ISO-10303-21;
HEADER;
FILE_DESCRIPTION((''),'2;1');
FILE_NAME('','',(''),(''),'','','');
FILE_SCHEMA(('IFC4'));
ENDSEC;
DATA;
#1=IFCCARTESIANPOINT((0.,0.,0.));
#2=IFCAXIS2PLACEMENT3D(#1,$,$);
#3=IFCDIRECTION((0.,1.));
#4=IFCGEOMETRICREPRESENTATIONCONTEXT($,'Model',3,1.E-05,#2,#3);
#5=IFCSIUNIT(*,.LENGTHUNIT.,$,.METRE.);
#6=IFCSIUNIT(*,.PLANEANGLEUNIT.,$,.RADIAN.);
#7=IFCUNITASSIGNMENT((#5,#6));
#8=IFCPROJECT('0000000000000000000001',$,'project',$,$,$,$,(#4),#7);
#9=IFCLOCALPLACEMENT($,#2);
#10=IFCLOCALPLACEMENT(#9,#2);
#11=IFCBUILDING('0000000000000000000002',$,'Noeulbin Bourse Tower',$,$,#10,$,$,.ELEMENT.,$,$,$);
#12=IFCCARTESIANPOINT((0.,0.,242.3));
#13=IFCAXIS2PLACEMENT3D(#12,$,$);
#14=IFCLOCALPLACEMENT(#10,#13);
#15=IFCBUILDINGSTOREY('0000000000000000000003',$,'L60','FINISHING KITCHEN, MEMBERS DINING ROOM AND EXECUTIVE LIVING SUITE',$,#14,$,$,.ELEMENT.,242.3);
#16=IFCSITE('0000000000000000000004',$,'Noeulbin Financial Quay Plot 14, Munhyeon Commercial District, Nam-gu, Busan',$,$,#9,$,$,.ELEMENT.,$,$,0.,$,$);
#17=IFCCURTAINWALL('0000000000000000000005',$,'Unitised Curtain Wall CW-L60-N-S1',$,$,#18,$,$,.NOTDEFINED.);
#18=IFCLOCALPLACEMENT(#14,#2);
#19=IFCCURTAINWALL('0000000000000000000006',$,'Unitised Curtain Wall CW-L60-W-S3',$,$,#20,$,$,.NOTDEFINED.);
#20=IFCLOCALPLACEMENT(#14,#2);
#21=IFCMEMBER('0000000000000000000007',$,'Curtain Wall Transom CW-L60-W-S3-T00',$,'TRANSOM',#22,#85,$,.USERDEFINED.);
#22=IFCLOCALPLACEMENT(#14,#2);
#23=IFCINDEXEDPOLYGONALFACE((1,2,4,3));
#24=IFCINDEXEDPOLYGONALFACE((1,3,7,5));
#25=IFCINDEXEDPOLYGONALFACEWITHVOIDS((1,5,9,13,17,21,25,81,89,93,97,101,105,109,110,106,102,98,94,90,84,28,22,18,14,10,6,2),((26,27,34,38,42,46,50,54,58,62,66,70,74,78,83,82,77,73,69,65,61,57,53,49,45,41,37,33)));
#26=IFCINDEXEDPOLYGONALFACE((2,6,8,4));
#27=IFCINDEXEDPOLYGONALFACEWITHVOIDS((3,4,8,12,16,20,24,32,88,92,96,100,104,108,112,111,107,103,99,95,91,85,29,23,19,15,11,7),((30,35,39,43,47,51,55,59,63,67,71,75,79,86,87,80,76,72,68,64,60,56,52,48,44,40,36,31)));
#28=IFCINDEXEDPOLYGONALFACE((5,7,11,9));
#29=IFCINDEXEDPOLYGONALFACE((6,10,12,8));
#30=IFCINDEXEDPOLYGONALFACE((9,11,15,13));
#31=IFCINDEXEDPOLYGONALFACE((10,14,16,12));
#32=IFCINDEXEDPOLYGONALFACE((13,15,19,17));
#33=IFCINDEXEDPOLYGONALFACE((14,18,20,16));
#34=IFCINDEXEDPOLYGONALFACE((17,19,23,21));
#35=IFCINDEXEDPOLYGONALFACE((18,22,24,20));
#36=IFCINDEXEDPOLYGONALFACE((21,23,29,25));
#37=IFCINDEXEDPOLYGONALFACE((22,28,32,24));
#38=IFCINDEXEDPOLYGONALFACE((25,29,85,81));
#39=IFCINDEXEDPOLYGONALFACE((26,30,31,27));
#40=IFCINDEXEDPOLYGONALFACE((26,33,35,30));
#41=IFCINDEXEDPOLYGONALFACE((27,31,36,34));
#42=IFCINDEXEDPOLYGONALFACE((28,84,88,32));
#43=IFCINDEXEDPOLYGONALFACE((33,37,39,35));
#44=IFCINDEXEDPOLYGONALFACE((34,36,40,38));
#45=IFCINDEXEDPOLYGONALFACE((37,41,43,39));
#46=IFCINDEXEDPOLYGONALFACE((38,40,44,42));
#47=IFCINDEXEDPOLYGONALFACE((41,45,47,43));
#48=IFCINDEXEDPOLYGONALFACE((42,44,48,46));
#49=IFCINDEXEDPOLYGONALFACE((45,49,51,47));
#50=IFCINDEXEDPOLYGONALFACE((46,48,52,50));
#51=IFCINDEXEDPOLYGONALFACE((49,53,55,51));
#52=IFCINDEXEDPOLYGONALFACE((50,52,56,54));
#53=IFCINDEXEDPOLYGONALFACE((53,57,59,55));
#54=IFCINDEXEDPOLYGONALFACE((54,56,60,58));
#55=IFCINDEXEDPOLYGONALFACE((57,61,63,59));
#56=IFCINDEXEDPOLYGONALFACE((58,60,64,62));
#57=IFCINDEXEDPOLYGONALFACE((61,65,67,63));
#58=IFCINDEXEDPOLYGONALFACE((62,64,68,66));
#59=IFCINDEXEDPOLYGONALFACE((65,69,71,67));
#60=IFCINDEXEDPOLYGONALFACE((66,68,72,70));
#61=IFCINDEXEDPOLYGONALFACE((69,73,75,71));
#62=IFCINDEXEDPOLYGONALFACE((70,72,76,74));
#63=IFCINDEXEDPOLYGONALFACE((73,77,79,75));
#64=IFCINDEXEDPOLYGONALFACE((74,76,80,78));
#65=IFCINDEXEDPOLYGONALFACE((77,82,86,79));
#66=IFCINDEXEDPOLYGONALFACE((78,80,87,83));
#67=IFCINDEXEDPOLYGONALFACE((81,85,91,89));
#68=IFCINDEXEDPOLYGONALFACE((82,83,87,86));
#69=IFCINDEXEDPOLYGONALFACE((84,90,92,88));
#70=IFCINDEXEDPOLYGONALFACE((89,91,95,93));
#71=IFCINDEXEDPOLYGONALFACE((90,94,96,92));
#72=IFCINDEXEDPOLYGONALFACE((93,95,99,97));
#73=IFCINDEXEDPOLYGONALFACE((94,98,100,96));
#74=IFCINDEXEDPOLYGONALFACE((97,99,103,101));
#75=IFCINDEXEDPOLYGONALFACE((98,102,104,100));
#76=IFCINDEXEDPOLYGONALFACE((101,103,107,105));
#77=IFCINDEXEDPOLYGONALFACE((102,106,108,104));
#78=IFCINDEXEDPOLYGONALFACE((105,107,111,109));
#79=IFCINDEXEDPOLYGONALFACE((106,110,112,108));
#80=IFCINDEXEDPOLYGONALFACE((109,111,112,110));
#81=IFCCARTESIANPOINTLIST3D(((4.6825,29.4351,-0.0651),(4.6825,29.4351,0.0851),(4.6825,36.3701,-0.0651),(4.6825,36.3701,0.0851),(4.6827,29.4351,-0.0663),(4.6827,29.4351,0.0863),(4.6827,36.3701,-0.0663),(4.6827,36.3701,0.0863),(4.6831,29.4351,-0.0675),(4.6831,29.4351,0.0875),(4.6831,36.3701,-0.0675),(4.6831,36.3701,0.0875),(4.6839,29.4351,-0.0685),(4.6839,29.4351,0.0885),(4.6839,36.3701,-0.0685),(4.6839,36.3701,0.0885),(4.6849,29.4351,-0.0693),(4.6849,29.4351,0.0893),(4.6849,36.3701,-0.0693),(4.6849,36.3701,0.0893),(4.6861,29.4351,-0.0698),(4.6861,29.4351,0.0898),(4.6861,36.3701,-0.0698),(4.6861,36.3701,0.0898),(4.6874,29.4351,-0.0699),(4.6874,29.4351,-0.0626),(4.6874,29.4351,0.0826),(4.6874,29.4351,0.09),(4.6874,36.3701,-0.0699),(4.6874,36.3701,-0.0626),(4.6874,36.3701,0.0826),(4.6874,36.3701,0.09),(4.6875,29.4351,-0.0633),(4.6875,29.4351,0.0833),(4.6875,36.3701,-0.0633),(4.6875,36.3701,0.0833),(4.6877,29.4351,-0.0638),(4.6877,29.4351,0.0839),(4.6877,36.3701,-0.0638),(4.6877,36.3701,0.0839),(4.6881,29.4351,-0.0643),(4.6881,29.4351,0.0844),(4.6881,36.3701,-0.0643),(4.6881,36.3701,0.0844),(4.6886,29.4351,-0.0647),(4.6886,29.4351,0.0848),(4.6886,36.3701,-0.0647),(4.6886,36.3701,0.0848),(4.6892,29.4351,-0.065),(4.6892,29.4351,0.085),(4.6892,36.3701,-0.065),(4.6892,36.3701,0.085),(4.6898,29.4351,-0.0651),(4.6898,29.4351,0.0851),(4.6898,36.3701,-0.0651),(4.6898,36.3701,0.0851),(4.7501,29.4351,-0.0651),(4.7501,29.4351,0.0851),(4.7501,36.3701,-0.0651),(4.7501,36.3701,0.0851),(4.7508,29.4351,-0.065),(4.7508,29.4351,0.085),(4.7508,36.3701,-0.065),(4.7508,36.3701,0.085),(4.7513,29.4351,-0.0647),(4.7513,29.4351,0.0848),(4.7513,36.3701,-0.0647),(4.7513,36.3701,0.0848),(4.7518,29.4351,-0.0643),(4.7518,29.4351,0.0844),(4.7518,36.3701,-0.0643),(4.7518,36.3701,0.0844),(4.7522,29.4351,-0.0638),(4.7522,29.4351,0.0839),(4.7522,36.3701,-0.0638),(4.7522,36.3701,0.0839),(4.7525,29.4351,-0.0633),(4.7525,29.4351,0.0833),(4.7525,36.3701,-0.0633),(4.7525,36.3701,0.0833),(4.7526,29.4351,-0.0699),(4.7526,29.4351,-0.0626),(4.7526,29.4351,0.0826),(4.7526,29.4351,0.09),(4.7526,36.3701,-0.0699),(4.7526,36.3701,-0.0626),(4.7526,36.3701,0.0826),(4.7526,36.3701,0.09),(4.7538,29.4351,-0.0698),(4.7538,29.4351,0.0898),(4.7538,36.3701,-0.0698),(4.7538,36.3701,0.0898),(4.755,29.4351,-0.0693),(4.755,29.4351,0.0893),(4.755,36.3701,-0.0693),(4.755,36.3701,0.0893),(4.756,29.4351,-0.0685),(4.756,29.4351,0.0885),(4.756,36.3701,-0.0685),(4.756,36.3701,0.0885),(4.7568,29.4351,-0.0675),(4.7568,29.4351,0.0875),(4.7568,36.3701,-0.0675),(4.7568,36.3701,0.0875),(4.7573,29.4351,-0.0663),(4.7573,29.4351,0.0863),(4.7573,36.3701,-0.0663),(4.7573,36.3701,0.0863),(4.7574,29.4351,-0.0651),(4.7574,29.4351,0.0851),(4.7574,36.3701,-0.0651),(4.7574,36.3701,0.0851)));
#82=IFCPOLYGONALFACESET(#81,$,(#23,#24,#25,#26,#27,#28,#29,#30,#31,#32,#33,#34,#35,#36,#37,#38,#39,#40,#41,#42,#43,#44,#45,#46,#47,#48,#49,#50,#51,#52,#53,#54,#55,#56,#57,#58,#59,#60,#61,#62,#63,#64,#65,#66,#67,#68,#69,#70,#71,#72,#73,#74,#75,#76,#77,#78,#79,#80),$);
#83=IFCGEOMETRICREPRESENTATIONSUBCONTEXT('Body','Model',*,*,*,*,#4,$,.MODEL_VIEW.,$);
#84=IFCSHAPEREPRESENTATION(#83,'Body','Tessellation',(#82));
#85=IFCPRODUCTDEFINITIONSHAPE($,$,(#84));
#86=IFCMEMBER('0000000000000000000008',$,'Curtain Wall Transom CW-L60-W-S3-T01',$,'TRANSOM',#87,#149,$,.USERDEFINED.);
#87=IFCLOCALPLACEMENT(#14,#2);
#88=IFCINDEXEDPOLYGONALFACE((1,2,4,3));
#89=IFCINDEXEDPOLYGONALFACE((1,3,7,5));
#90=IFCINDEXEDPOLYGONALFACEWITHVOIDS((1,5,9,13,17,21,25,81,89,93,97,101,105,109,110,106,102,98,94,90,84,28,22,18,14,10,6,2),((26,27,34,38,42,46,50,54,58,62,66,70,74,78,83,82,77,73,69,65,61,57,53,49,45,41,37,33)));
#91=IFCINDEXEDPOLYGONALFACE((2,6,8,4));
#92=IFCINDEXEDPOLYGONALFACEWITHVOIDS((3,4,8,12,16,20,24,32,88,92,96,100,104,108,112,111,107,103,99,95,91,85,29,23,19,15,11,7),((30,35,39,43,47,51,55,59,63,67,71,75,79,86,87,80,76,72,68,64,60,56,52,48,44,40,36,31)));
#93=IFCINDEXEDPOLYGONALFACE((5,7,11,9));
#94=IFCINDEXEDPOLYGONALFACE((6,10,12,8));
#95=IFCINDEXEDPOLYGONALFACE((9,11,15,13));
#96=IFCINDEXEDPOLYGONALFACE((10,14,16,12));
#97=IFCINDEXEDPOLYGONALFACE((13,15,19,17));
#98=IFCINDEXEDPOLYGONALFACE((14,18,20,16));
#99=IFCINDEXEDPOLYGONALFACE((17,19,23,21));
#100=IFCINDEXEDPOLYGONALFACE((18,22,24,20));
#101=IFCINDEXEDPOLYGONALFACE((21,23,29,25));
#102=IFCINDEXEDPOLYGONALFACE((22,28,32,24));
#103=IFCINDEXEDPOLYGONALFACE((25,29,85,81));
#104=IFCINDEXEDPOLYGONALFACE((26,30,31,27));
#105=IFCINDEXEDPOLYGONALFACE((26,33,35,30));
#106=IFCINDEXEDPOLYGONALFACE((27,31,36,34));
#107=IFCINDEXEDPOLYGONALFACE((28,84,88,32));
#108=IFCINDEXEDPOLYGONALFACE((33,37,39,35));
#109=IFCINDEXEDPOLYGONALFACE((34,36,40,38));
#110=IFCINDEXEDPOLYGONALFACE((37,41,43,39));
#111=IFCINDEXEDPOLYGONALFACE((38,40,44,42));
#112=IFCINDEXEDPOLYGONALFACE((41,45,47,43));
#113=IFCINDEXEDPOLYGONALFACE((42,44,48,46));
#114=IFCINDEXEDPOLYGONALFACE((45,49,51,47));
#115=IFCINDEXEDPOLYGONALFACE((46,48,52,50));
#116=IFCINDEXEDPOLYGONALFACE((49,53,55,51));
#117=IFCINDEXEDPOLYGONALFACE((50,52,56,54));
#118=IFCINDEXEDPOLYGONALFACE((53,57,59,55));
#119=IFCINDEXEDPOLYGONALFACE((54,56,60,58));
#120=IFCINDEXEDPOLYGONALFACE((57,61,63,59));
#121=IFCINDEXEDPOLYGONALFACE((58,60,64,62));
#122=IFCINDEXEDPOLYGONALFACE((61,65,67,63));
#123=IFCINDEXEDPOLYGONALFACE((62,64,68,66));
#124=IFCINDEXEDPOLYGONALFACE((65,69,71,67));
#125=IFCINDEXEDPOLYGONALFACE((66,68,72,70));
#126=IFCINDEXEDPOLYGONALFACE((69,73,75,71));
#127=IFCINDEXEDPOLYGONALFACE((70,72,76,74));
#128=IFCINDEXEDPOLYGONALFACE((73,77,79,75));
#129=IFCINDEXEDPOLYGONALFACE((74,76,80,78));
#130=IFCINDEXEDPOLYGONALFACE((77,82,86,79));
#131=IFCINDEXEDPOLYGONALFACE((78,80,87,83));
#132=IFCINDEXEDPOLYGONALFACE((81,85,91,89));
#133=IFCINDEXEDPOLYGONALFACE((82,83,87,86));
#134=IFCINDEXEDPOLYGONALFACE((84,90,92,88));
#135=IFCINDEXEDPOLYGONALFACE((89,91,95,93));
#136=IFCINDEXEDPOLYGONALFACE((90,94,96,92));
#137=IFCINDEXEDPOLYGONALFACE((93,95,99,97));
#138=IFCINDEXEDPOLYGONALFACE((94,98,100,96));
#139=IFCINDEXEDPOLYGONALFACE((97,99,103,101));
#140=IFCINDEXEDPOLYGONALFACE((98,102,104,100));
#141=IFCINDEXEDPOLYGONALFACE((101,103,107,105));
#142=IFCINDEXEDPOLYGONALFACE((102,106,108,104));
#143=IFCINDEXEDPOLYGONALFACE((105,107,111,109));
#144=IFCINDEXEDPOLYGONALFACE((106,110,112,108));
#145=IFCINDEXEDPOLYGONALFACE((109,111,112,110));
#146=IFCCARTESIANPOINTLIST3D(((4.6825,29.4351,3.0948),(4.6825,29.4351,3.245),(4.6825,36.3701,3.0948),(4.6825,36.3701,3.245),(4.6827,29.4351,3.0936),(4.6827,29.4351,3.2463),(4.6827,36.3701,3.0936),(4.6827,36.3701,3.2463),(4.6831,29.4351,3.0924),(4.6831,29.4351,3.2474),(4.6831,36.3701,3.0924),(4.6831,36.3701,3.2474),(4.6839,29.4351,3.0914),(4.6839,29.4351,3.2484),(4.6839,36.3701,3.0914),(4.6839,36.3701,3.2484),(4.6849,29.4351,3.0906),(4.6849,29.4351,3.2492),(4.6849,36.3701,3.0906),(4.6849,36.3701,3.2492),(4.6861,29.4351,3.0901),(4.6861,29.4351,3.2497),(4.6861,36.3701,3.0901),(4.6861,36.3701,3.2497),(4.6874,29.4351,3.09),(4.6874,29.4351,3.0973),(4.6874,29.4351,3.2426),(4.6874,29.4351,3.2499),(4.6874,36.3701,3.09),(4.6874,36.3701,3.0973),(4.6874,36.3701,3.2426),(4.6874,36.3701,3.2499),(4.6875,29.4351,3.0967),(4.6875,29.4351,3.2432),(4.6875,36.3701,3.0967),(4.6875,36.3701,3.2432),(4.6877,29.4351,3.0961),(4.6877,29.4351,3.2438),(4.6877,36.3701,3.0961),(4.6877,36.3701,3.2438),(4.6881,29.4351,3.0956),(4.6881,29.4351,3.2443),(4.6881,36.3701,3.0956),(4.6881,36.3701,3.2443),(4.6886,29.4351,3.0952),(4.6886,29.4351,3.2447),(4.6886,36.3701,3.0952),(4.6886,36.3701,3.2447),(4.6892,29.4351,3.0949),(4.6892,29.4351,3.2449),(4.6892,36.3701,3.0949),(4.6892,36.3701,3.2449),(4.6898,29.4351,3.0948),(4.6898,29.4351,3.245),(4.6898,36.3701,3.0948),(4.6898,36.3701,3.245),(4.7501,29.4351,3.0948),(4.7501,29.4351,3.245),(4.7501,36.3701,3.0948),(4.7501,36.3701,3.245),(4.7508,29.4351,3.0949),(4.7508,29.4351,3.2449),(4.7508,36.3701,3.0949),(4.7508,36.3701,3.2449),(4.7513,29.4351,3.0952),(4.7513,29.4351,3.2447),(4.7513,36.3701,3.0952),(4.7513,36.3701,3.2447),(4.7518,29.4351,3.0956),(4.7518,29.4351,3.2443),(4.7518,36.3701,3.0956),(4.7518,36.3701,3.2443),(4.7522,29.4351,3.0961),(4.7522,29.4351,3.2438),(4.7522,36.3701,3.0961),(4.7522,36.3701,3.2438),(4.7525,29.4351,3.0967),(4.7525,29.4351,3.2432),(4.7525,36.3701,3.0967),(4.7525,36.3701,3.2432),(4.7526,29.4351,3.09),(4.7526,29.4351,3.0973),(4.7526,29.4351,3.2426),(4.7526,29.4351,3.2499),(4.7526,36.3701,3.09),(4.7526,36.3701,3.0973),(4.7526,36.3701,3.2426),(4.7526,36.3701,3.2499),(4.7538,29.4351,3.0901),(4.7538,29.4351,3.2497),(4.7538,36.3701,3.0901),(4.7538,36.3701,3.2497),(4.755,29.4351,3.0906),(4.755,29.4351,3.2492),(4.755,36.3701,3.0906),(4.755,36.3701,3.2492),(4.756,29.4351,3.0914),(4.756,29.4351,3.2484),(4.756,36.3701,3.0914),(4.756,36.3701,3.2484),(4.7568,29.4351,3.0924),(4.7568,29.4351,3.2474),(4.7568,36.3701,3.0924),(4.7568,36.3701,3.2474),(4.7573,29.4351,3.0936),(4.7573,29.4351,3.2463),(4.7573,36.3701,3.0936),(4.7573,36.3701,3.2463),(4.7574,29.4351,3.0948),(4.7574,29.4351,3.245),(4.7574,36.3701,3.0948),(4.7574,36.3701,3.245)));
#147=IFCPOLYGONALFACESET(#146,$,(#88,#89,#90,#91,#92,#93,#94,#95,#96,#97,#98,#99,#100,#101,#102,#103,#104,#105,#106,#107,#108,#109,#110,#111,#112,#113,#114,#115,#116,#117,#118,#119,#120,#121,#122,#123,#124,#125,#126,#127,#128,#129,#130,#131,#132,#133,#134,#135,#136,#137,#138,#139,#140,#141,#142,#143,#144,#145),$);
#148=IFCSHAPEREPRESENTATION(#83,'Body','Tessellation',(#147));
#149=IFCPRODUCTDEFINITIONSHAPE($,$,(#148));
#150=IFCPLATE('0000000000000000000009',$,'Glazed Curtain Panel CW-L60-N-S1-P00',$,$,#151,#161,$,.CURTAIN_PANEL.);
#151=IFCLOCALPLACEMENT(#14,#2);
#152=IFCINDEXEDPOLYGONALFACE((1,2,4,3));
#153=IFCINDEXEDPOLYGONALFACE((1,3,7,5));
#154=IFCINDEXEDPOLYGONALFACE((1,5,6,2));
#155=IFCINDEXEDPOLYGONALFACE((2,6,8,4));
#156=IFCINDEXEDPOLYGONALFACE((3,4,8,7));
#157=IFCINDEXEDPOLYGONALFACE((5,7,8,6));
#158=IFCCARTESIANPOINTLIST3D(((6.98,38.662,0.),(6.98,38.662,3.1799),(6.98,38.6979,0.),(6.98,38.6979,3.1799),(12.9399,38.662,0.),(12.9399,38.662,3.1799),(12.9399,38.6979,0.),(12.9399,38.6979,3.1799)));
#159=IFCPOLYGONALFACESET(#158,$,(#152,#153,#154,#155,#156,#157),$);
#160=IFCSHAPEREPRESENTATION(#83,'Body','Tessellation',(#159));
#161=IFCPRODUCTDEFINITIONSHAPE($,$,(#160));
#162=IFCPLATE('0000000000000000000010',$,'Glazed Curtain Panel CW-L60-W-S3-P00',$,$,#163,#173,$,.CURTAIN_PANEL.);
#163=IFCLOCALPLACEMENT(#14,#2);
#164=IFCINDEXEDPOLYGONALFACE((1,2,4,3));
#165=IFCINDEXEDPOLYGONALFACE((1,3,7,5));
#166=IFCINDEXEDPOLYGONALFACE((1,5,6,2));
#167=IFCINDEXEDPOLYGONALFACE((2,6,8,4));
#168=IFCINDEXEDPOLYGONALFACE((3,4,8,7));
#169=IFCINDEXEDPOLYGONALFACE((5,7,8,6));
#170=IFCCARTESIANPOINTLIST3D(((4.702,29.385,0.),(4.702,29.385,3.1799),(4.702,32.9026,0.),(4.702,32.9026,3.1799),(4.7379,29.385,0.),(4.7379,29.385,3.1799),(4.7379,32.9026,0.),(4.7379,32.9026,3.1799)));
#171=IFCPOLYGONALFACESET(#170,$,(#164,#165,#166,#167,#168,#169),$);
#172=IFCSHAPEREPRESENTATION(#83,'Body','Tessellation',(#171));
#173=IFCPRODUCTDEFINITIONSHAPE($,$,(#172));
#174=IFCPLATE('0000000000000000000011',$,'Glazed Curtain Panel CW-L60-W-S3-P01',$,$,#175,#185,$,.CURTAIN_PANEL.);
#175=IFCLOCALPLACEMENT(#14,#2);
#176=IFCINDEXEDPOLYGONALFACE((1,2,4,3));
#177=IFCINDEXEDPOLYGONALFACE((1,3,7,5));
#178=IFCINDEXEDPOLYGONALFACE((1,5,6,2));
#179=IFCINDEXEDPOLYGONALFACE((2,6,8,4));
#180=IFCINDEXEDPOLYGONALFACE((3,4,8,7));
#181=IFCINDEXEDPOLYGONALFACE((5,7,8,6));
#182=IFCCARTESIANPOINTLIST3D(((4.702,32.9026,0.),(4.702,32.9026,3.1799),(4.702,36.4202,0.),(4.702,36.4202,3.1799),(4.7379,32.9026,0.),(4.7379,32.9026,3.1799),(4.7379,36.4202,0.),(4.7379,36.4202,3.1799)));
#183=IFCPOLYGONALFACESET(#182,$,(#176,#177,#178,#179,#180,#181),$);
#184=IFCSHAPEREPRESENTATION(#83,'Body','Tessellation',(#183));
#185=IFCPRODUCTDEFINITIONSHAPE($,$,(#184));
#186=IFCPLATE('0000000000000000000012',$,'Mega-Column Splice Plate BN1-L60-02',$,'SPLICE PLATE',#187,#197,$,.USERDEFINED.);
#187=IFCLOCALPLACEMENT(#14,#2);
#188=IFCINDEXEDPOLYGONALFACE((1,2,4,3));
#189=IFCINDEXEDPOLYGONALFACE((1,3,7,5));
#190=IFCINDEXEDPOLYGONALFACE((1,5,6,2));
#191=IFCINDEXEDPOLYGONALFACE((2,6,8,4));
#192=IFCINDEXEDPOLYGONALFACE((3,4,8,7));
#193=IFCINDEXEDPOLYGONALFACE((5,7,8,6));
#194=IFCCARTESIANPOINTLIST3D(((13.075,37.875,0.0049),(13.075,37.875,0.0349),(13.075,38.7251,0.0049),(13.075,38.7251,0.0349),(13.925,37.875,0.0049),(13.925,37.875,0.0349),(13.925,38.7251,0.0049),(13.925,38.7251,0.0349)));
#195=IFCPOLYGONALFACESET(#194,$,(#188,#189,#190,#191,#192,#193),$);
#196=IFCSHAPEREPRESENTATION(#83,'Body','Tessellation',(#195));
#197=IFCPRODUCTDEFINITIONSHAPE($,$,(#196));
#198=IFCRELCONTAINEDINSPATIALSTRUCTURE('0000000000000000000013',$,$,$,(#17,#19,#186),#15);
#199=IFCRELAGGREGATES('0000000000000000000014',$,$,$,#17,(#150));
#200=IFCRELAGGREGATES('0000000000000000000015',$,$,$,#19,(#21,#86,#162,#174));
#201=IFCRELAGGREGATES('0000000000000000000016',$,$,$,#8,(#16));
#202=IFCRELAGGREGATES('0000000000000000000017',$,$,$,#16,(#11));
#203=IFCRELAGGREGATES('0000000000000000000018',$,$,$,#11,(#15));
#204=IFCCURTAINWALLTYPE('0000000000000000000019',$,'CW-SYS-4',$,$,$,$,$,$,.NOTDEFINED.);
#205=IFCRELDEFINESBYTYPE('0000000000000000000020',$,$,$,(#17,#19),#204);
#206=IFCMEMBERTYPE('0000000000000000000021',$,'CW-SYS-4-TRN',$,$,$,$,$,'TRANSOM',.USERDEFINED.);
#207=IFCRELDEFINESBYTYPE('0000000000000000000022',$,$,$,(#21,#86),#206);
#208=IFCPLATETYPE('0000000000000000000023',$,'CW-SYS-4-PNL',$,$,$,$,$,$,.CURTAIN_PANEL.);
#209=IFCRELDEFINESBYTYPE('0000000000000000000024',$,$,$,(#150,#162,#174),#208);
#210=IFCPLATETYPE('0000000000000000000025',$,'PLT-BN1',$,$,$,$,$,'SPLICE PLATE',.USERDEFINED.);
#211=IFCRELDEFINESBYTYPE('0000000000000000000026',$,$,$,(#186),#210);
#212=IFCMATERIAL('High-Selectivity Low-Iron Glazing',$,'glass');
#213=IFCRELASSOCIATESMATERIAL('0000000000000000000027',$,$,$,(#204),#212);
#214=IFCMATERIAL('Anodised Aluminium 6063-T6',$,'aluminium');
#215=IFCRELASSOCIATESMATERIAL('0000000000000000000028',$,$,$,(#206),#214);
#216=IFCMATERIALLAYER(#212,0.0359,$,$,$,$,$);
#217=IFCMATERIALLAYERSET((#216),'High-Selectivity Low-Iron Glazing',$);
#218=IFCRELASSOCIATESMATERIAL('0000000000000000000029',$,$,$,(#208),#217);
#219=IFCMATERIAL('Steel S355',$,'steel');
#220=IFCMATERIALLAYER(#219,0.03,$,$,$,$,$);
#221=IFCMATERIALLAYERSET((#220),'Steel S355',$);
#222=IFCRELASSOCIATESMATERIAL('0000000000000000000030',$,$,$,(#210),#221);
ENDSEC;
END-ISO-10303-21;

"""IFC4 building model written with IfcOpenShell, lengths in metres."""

from ifc_helpers import new_model, si_unit, direction, frame, origin, origin_2d, place, context, subcontext, project, spatial, rectangle, hollow_rectangle, extrude, material, layer, layer_set, material_profile, profile_set, type_object, element, aggregate, save


model = new_model("IFC4")

# Units and contexts
model_context = context("Model", 3, precision=1e-05, world=origin(), true_north=direction((0.0, 1.0)))
body_context = subcontext(model_context, "Body", "Model", "MODEL_VIEW")
ifc_project = project(units=[si_unit("LENGTHUNIT", "METRE"), si_unit("PLANEANGLEUNIT", "RADIAN")], contexts=[model_context])

# Site, building, storey
site_placement = place(None, origin())
site = spatial("IfcSite", under=ifc_project, at=site_placement, Name="Noeulbin Financial Quay Plot 14, Munhyeon Commercial District, Nam-gu, Busan", CompositionType="ELEMENT", RefElevation=0.0)
building_placement = place(site_placement, origin())
building = spatial("IfcBuilding", under=site, at=building_placement, Name="Noeulbin Bourse Tower", CompositionType="ELEMENT")
storey_placement = place(building_placement, frame((0.0, 0.0, 242.3)))
storey = spatial("IfcBuildingStorey", under=building, at=storey_placement, Name="L60", Description="FINISHING KITCHEN, MEMBERS DINING ROOM AND EXECUTIVE LIVING SUITE", CompositionType="ELEMENT", Elevation=242.3)

# Shared definitions
ifc_material_1 = material(Name="Steel S355", Category="steel")

# Curtain wall
ifc_material_2 = material(Name="High-Selectivity Low-Iron Glazing", Category="glass")
curtain_wall_type = type_object("IfcCurtainWallType", Name="CW-SYS-4", PredefinedType="NOTDEFINED", material=ifc_material_2)
curtain_wall_1_placement = place(storey_placement, origin())
curtain_wall_1 = element("IfcCurtainWall", 1, at=curtain_wall_1_placement, inside=storey, type_object=curtain_wall_type, Name="Unitised Curtain Wall CW-L60-N-S1", PredefinedType="NOTDEFINED")
ifc_material_3 = material(Name="Anodised Aluminium 6063-T6", Category="aluminium")

# Curtain wall
curtain_wall_2_placement = place(storey_placement, origin())
curtain_wall_2 = element("IfcCurtainWall", 2, at=curtain_wall_2_placement, inside=storey, type_object=curtain_wall_type, Name="Unitised Curtain Wall CW-L60-W-S3", PredefinedType="NOTDEFINED")

# Members
ifc_material_profile_1 = material_profile(ifc_material_3, hollow_rectangle(XDim=0.075, YDim=0.1599, WallThickness=0.0049, InnerFilletRadius=0.0024, OuterFilletRadius=0.0049, at=origin_2d()), Name="ALU-TRAN-75x160x5", Category="LoadBearing")
ifc_profile_set_1 = profile_set([ifc_material_profile_1], Name="Anodised Aluminium 6063-T6")
member_type_1 = type_object("IfcMemberType", Name="CW-SYS-4-TRN", ElementType="TRANSOM", PredefinedType="USERDEFINED", material=ifc_profile_set_1)
member_1_placement = place(storey_placement, frame((4.72, 29.4351, 0.01), z_axis=(0.0, 1.0, 0.0), x_axis=(-1.0, 0.0, 0.0)))
member_1 = element("IfcMember", 3, at=member_1_placement, type_object=member_type_1, Name="Curtain Wall Transom CW-L60-W-S3-T00", ObjectType="TRANSOM", PredefinedType="USERDEFINED", context=body_context, shape_type="SweptSolid", body=[
    extrude(hollow_rectangle(XDim=0.075, YDim=0.1599, WallThickness=0.0049, InnerFilletRadius=0.0024, OuterFilletRadius=0.0049, at=origin_2d()), origin(), (0.0, 0.0, 1.0), 6.9351),
])
member_2_placement = place(storey_placement, frame((4.72, 29.4351, 3.1699), z_axis=(0.0, 1.0, 0.0), x_axis=(-1.0, 0.0, 0.0)))
member_2 = element("IfcMember", 4, at=member_2_placement, type_object=member_type_1, Name="Curtain Wall Transom CW-L60-W-S3-T01", ObjectType="TRANSOM", PredefinedType="USERDEFINED", context=body_context, shape_type="SweptSolid", body=[
    extrude(hollow_rectangle(XDim=0.075, YDim=0.1599, WallThickness=0.0049, InnerFilletRadius=0.0024, OuterFilletRadius=0.0049, at=origin_2d()), origin(), (0.0, 0.0, 1.0), 6.9351),
])

# Plates
ifc_layer_1 = layer(ifc_material_2, 0.0359)
ifc_layer_set_1 = layer_set([ifc_layer_1], Name="High-Selectivity Low-Iron Glazing")
plate_type_1 = type_object("IfcPlateType", Name="CW-SYS-4-PNL", PredefinedType="CURTAIN_PANEL", material=ifc_layer_set_1)
plate_1_placement = place(storey_placement, frame((9.96, 38.6799, 0.0), z_axis=(0.0, 0.0, 1.0), x_axis=(1.0, 0.0, 0.0)))
plate_1 = element("IfcPlate", 5, at=plate_1_placement, type_object=plate_type_1, Name="Glazed Curtain Panel CW-L60-N-S1-P00", PredefinedType="CURTAIN_PANEL", context=body_context, shape_type="SweptSolid", body=[
    extrude(rectangle(XDim=5.96, YDim=0.0359, at=origin_2d()), origin(), (0.0, 0.0, 1.0), 3.1799),
])
aggregate(curtain_wall_1, [plate_1])
plate_2_placement = place(storey_placement, frame((4.72, 31.1438, 0.0), z_axis=(0.0, 0.0, 1.0), x_axis=(0.0, 1.0, 0.0)))
plate_2 = element("IfcPlate", 6, at=plate_2_placement, type_object=plate_type_1, Name="Glazed Curtain Panel CW-L60-W-S3-P00", PredefinedType="CURTAIN_PANEL", context=body_context, shape_type="SweptSolid", body=[
    extrude(rectangle(XDim=3.5176, YDim=0.0359, at=origin_2d()), origin(), (0.0, 0.0, 1.0), 3.1799),
])
plate_3_placement = place(storey_placement, frame((4.72, 34.6614, 0.0), z_axis=(0.0, 0.0, 1.0), x_axis=(0.0, 1.0, 0.0)))
plate_3 = element("IfcPlate", 7, at=plate_3_placement, type_object=plate_type_1, Name="Glazed Curtain Panel CW-L60-W-S3-P01", PredefinedType="CURTAIN_PANEL", context=body_context, shape_type="SweptSolid", body=[
    extrude(rectangle(XDim=3.5176, YDim=0.0359, at=origin_2d()), origin(), (0.0, 0.0, 1.0), 3.1799),
])
aggregate(curtain_wall_2, [member_1, member_2, plate_2, plate_3])
ifc_layer_2 = layer(ifc_material_1, 0.03)
ifc_layer_set_2 = layer_set([ifc_layer_2], Name="Steel S355")
plate_type_2 = type_object("IfcPlateType", Name="PLT-BN1", ElementType="SPLICE PLATE", PredefinedType="USERDEFINED", material=ifc_layer_set_2)
plate_4_placement = place(storey_placement, frame((13.5, 38.3, 0.0049), z_axis=(0.0, 0.0, 1.0), x_axis=(1.0, 0.0, 0.0)))
element("IfcPlate", 8, at=plate_4_placement, inside=storey, type_object=plate_type_2, Name="Mega-Column Splice Plate BN1-L60-02", ObjectType="SPLICE PLATE", PredefinedType="USERDEFINED", context=body_context, shape_type="SweptSolid", body=[
    extrude(rectangle(XDim=0.8501, YDim=0.8501, at=origin_2d()), origin(), (0.0, 0.0, 1.0), 0.03),
])

save(model, "model.ifc")
